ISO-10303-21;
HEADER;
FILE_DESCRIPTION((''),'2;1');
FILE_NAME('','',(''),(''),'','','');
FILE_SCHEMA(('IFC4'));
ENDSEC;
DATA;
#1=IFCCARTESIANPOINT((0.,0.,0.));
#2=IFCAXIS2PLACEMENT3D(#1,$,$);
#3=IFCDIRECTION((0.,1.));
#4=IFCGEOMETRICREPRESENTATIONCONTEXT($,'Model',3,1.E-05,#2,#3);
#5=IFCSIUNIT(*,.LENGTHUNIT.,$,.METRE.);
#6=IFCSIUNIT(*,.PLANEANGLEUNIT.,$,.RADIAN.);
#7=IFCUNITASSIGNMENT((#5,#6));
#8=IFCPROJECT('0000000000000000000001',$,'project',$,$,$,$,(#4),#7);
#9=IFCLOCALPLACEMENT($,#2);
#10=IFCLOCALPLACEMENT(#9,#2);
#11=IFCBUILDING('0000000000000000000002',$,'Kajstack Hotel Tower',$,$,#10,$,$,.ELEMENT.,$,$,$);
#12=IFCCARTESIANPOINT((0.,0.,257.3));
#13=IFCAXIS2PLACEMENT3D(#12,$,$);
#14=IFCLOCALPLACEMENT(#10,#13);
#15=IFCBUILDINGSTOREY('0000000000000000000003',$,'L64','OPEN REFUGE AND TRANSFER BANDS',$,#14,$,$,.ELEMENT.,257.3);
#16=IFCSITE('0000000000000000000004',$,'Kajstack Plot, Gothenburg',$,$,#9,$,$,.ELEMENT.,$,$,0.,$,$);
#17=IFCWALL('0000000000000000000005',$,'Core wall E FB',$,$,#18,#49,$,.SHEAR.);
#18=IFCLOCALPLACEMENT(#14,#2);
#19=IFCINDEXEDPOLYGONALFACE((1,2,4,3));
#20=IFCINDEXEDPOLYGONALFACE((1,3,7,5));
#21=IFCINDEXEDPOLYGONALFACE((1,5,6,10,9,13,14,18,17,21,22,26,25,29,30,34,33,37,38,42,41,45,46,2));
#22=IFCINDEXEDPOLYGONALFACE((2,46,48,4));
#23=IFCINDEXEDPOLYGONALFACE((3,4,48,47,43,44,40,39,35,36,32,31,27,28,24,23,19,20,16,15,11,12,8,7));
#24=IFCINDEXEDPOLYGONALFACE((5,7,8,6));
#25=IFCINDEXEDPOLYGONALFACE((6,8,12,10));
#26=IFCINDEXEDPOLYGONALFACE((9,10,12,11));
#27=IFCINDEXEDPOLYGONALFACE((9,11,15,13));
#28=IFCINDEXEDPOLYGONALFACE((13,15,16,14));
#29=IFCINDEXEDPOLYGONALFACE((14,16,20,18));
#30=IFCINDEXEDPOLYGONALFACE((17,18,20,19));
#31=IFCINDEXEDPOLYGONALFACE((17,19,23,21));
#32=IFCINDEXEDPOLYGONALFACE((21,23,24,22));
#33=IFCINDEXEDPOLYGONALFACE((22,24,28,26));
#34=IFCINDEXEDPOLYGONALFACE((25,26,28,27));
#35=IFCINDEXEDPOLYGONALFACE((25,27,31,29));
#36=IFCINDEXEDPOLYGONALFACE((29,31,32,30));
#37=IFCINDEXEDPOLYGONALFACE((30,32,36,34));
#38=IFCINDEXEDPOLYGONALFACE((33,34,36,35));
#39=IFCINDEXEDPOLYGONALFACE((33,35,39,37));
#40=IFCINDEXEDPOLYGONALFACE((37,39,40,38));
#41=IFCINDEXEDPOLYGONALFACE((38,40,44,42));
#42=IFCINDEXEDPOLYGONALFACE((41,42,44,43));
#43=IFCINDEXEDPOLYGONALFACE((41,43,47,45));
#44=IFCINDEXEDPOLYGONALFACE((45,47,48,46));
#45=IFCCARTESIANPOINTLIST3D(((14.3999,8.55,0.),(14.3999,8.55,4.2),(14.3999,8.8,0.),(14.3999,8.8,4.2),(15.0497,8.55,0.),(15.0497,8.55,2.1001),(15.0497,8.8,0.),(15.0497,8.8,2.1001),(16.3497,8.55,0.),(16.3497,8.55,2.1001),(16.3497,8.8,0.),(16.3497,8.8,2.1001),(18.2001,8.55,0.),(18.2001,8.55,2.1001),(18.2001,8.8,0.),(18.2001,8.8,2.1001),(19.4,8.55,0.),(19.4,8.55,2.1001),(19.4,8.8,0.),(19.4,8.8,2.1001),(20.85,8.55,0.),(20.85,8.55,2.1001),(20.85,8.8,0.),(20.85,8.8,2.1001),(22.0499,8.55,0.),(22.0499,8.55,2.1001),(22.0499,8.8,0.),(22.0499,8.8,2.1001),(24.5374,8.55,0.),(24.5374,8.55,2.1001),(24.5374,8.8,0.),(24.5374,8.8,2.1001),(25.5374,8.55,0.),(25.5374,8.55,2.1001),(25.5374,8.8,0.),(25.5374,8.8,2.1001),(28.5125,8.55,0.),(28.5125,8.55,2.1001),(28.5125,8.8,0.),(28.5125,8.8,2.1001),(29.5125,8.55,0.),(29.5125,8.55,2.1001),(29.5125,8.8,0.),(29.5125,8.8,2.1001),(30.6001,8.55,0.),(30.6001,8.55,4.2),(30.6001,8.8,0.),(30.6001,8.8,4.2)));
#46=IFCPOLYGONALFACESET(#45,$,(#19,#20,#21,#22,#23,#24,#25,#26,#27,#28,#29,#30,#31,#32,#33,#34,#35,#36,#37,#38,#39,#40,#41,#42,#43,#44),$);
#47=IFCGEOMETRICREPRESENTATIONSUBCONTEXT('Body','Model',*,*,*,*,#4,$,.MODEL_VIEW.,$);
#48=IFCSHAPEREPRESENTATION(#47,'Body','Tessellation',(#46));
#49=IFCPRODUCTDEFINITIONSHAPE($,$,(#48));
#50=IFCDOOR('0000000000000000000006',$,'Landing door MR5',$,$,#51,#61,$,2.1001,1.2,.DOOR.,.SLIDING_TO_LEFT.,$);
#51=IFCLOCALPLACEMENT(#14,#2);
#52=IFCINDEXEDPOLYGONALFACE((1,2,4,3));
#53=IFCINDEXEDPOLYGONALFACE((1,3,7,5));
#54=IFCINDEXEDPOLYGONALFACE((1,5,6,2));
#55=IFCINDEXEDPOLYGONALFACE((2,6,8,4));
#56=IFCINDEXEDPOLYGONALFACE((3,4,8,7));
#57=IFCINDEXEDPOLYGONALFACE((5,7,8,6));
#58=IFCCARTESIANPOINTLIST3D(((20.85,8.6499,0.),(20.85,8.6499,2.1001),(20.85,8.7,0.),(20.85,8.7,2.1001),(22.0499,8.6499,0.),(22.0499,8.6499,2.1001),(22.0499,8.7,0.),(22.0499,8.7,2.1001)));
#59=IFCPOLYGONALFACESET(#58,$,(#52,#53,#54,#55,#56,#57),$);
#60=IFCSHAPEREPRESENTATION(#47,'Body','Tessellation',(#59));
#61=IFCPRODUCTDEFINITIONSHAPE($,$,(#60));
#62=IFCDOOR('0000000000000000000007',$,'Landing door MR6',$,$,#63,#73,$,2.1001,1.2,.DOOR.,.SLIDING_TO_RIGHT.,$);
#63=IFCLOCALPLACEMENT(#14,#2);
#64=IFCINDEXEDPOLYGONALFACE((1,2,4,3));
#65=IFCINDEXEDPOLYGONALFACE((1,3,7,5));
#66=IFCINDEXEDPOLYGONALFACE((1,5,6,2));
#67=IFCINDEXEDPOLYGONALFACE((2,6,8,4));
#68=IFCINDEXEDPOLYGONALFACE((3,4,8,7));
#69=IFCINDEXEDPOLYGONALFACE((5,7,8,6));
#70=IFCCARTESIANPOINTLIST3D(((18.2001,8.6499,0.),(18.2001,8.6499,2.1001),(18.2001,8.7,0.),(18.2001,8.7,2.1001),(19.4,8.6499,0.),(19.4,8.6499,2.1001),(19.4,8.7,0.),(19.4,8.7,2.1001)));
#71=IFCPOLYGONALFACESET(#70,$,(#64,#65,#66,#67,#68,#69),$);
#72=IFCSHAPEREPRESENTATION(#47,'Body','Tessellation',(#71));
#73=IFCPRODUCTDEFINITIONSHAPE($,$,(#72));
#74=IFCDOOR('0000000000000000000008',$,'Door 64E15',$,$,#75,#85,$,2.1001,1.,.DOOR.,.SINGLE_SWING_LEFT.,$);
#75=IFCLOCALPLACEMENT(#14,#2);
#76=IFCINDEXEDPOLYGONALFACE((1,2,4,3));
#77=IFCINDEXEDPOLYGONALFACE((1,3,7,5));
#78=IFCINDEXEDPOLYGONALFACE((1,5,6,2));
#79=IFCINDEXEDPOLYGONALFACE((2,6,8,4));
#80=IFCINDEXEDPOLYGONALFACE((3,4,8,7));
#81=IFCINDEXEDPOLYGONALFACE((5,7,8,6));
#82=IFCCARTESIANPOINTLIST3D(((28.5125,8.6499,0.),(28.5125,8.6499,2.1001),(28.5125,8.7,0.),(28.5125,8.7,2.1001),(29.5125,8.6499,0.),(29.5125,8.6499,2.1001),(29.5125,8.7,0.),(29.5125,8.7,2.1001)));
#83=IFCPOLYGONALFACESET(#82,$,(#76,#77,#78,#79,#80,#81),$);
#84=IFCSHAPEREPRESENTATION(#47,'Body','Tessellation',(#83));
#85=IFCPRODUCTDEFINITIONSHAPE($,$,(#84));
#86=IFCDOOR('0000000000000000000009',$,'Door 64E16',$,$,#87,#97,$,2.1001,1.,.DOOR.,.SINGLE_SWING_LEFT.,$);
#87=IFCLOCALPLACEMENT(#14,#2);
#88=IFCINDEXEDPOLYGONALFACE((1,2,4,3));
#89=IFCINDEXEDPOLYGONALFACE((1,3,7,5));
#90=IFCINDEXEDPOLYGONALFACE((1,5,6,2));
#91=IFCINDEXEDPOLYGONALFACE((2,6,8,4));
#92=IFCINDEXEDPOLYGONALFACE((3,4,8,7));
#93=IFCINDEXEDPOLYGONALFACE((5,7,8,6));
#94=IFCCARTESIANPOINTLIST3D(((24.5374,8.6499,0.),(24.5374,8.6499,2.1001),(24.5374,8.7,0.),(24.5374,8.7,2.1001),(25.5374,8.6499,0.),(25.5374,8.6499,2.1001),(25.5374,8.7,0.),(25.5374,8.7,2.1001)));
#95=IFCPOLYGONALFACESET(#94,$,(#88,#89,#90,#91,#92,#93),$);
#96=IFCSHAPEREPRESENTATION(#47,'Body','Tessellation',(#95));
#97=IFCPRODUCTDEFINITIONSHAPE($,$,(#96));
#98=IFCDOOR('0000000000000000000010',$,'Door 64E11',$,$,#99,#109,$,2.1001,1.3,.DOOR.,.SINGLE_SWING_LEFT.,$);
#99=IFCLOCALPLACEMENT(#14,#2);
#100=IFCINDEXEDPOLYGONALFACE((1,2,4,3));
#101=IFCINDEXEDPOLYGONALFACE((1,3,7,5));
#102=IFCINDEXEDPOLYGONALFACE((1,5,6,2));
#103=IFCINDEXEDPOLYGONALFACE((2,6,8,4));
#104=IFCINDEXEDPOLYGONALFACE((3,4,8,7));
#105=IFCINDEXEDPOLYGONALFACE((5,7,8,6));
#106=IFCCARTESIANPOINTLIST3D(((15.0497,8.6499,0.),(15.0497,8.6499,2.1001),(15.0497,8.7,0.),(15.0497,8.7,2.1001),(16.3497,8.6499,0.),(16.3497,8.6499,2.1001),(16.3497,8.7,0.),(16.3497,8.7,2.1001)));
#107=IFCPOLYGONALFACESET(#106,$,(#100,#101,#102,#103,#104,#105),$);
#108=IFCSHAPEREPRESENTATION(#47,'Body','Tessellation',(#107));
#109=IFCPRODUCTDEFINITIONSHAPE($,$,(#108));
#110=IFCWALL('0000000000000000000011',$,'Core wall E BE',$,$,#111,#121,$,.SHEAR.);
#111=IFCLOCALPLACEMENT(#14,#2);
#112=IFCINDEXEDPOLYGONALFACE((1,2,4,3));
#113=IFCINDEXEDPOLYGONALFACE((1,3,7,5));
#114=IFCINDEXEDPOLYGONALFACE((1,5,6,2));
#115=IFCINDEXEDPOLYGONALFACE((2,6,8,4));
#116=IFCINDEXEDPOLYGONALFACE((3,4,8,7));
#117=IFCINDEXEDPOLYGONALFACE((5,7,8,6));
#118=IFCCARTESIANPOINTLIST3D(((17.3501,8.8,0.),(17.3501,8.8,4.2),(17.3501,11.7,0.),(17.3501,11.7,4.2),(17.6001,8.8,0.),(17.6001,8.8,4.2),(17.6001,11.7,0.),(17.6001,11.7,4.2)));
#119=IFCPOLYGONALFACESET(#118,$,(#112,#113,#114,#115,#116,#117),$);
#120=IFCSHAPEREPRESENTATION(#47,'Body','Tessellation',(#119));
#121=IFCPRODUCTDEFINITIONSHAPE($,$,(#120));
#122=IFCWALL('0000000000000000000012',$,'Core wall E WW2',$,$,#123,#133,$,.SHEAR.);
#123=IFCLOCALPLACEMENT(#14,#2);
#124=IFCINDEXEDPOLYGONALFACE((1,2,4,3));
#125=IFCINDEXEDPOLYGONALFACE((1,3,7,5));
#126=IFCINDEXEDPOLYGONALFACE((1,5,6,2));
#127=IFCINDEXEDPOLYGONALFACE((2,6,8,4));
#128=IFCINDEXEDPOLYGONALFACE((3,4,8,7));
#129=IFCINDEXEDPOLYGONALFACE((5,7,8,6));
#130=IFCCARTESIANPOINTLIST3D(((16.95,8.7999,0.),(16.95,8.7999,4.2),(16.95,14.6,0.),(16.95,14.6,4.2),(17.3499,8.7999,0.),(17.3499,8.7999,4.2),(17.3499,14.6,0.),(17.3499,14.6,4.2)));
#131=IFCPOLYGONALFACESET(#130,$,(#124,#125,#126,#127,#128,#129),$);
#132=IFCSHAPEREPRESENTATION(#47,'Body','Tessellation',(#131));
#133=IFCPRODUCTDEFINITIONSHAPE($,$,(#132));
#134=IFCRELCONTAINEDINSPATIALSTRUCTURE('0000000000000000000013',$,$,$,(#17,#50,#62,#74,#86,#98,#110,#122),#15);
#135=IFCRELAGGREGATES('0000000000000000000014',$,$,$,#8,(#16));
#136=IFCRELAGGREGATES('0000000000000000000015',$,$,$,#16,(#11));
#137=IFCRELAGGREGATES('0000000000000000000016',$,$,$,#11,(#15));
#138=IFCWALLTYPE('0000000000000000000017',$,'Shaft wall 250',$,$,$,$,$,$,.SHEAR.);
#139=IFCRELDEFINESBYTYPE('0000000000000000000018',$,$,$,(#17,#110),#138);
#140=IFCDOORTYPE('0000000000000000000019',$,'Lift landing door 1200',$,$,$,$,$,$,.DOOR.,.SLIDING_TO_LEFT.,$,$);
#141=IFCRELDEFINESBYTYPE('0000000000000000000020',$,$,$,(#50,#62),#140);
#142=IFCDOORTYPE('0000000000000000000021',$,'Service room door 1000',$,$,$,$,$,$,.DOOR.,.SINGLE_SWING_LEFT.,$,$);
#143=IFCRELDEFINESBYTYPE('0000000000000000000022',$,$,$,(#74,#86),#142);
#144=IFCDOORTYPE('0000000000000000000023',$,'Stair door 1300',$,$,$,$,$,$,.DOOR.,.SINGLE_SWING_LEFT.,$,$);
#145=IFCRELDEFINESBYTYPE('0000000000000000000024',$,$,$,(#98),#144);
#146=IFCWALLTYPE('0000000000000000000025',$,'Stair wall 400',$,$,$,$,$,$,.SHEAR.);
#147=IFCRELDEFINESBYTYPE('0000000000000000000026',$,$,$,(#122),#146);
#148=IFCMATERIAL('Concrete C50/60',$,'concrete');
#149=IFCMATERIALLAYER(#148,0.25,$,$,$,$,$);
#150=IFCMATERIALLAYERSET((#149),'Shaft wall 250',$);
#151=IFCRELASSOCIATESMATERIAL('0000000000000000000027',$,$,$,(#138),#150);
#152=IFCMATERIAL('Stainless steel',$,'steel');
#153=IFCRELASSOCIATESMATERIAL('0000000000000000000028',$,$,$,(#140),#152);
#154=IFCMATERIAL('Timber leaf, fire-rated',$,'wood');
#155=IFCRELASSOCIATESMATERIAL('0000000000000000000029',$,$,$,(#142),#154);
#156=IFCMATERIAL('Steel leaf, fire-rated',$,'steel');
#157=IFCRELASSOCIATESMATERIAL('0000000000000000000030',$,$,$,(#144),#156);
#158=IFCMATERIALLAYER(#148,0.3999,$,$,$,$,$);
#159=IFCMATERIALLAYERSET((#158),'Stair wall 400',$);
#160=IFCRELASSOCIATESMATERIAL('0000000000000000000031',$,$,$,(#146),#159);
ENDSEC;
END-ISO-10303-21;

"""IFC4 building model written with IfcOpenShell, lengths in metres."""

from ifc_helpers import new_model, si_unit, direction, frame, frame_2d, origin, place, context, subcontext, project, spatial, rectangle, extrude, material, layer, layer_set, type_object, element, fill, save


model = new_model("IFC4")

# Units and contexts
model_context = context("Model", 3, precision=1e-05, world=origin(), true_north=direction((0.0, 1.0)))
body_context = subcontext(model_context, "Body", "Model", "MODEL_VIEW")
ifc_project = project(units=[si_unit("LENGTHUNIT", "METRE"), si_unit("PLANEANGLEUNIT", "RADIAN")], contexts=[model_context])

# Site, building, storey
site_placement = place(None, origin())
site = spatial("IfcSite", under=ifc_project, at=site_placement, Name="Kajstack Plot, Gothenburg", CompositionType="ELEMENT", RefElevation=0.0)
building_placement = place(site_placement, origin())
building = spatial("IfcBuilding", under=site, at=building_placement, Name="Kajstack Hotel Tower", CompositionType="ELEMENT")
storey_placement = place(building_placement, frame((0.0, 0.0, 257.3)))
storey = spatial("IfcBuildingStorey", under=building, at=storey_placement, Name="L64", Description="OPEN REFUGE AND TRANSFER BANDS", CompositionType="ELEMENT", Elevation=257.3)

# Shared definitions
ifc_material_1 = material(Name="Concrete C50/60", Category="concrete")
ifc_layer_1 = layer(ifc_material_1, 0.25)
ifc_layer_set_1 = layer_set([ifc_layer_1], Name="Shaft wall 250")
wall_type_1 = type_object("IfcWallType", Name="Shaft wall 250", PredefinedType="SHEAR", material=ifc_layer_set_1)
ifc_material_2 = material(Name="Stainless steel", Category="steel")
door_type_1 = type_object("IfcDoorType", Name="Lift landing door 1200", OperationType="SLIDING_TO_LEFT", PredefinedType="DOOR", material=ifc_material_2)

# Wall, openings, doors
wall_1_placement = place(storey_placement, frame((14.3999, 8.675, 0.0), z_axis=(0.0, 0.0, 1.0), x_axis=(1.0, 0.0, 0.0)))
wall_1 = element("IfcWall", 1, at=wall_1_placement, inside=storey, type_object=wall_type_1, Name="Core wall E FB", PredefinedType="SHEAR", context=body_context, shape_type="SweptSolid", body=[
    extrude(rectangle(XDim=16.2002, YDim=0.25, at=frame_2d((8.1001, 0.0))), origin(), (0.0, 0.0, 1.0), 4.2),
])
opening_1_placement = place(wall_1_placement, frame((6.45, 0.0, 0.0)))
opening_1 = element("IfcOpeningElement", 2, at=opening_1_placement, cuts=wall_1, PredefinedType="OPENING", context=body_context, shape_type="SweptSolid", body=[
    extrude(rectangle(XDim=1.2, YDim=2.1001, at=frame_2d((0.6001, 1.05))), frame((0.0, 0.135, 0.0), z_axis=(0.0, -1.0, 0.0), x_axis=(1.0, 0.0, 0.0)), (0.0, 0.0, 1.0), 0.27),
])
opening_2_placement = place(wall_1_placement, frame((3.8, 0.0, 0.0)))
opening_2 = element("IfcOpeningElement", 3, at=opening_2_placement, cuts=wall_1, PredefinedType="OPENING", context=body_context, shape_type="SweptSolid", body=[
    extrude(rectangle(XDim=1.2, YDim=2.1001, at=frame_2d((0.6001, 1.05))), frame((0.0, 0.135, 0.0), z_axis=(0.0, -1.0, 0.0), x_axis=(1.0, 0.0, 0.0)), (0.0, 0.0, 1.0), 0.27),
])
opening_3_placement = place(wall_1_placement, frame((0.6499, 0.0, 0.0)))
opening_3 = element("IfcOpeningElement", 4, at=opening_3_placement, cuts=wall_1, PredefinedType="OPENING", context=body_context, shape_type="SweptSolid", body=[
    extrude(rectangle(XDim=1.3, YDim=2.1001, at=frame_2d((0.6499, 1.05))), frame((0.0, 0.135, 0.0), z_axis=(0.0, -1.0, 0.0), x_axis=(1.0, 0.0, 0.0)), (0.0, 0.0, 1.0), 0.27),
])
opening_4_placement = place(wall_1_placement, frame((14.1125, 0.0, 0.0)))
opening_4 = element("IfcOpeningElement", 5, at=opening_4_placement, cuts=wall_1, PredefinedType="OPENING", context=body_context, shape_type="SweptSolid", body=[
    extrude(rectangle(XDim=1.0, YDim=2.1001, at=frame_2d((0.5, 1.05))), frame((0.0, 0.135, 0.0), z_axis=(0.0, -1.0, 0.0), x_axis=(1.0, 0.0, 0.0)), (0.0, 0.0, 1.0), 0.27),
])
opening_5_placement = place(wall_1_placement, frame((10.1375, 0.0, 0.0)))
opening_5 = element("IfcOpeningElement", 6, at=opening_5_placement, cuts=wall_1, PredefinedType="OPENING", context=body_context, shape_type="SweptSolid", body=[
    extrude(rectangle(XDim=1.0, YDim=2.1001, at=frame_2d((0.5, 1.05))), frame((0.0, 0.135, 0.0), z_axis=(0.0, -1.0, 0.0), x_axis=(1.0, 0.0, 0.0)), (0.0, 0.0, 1.0), 0.27),
])
door_1_placement = place(opening_1_placement, origin())
door_1 = element("IfcDoor", 7, at=door_1_placement, inside=storey, type_object=door_type_1, Name="Landing door MR5", OperationType="SLIDING_TO_LEFT", OverallHeight=2.1001, OverallWidth=1.2, PredefinedType="DOOR", context=body_context, shape_type="SweptSolid", body=[
    extrude(rectangle(XDim=1.2, YDim=2.1001, at=frame_2d((0.6001, 1.05))), frame((0.0, 0.0249, 0.0), z_axis=(0.0, -1.0, 0.0), x_axis=(1.0, 0.0, 0.0)), (0.0, 0.0, 1.0), 0.05),
])
fill(opening_1, door_1)
door_2_placement = place(opening_2_placement, origin())
door_2 = element("IfcDoor", 8, at=door_2_placement, inside=storey, type_object=door_type_1, Name="Landing door MR6", OperationType="SLIDING_TO_RIGHT", OverallHeight=2.1001, OverallWidth=1.2, PredefinedType="DOOR", context=body_context, shape_type="SweptSolid", body=[
    extrude(rectangle(XDim=1.2, YDim=2.1001, at=frame_2d((0.6001, 1.05))), frame((0.0, 0.0249, 0.0), z_axis=(0.0, -1.0, 0.0), x_axis=(1.0, 0.0, 0.0)), (0.0, 0.0, 1.0), 0.05),
])
fill(opening_2, door_2)
ifc_material_3 = material(Name="Timber leaf, fire-rated", Category="wood")
door_type_2 = type_object("IfcDoorType", Name="Service room door 1000", OperationType="SINGLE_SWING_LEFT", PredefinedType="DOOR", material=ifc_material_3)
door_3_placement = place(opening_4_placement, origin())
door_3 = element("IfcDoor", 9, at=door_3_placement, inside=storey, type_object=door_type_2, Name="Door 64E15", OperationType="SINGLE_SWING_LEFT", OverallHeight=2.1001, OverallWidth=1.0, PredefinedType="DOOR", context=body_context, shape_type="SweptSolid", body=[
    extrude(rectangle(XDim=1.0, YDim=2.1001, at=frame_2d((0.5, 1.05))), frame((0.0, 0.0249, 0.0), z_axis=(0.0, -1.0, 0.0), x_axis=(1.0, 0.0, 0.0)), (0.0, 0.0, 1.0), 0.05),
])
fill(opening_4, door_3)
door_4_placement = place(opening_5_placement, origin())
door_4 = element("IfcDoor", 10, at=door_4_placement, inside=storey, type_object=door_type_2, Name="Door 64E16", OperationType="SINGLE_SWING_LEFT", OverallHeight=2.1001, OverallWidth=1.0, PredefinedType="DOOR", context=body_context, shape_type="SweptSolid", body=[
    extrude(rectangle(XDim=1.0, YDim=2.1001, at=frame_2d((0.5, 1.05))), frame((0.0, 0.0249, 0.0), z_axis=(0.0, -1.0, 0.0), x_axis=(1.0, 0.0, 0.0)), (0.0, 0.0, 1.0), 0.05),
])
fill(opening_5, door_4)
ifc_material_4 = material(Name="Steel leaf, fire-rated", Category="steel")
door_type_3 = type_object("IfcDoorType", Name="Stair door 1300", OperationType="SINGLE_SWING_LEFT", PredefinedType="DOOR", material=ifc_material_4)
door_5_placement = place(opening_3_placement, origin())
door_5 = element("IfcDoor", 11, at=door_5_placement, inside=storey, type_object=door_type_3, Name="Door 64E11", OperationType="SINGLE_SWING_LEFT", OverallHeight=2.1001, OverallWidth=1.3, PredefinedType="DOOR", context=body_context, shape_type="SweptSolid", body=[
    extrude(rectangle(XDim=1.3, YDim=2.1001, at=frame_2d((0.6499, 1.05))), frame((0.0, 0.0249, 0.0), z_axis=(0.0, -1.0, 0.0), x_axis=(1.0, 0.0, 0.0)), (0.0, 0.0, 1.0), 0.05),
])
fill(opening_3, door_5)

# Walls
wall_2_placement = place(storey_placement, frame((17.4751, 8.8, 0.0), z_axis=(0.0, 0.0, 1.0), x_axis=(0.0, 1.0, 0.0)))
element("IfcWall", 12, at=wall_2_placement, inside=storey, type_object=wall_type_1, Name="Core wall E BE", PredefinedType="SHEAR", context=body_context, shape_type="SweptSolid", body=[
    extrude(rectangle(XDim=2.8999, YDim=0.25, at=frame_2d((1.45, 0.0))), origin(), (0.0, 0.0, 1.0), 4.2),
])
ifc_layer_2 = layer(ifc_material_1, 0.3999)
ifc_layer_set_2 = layer_set([ifc_layer_2], Name="Stair wall 400")
wall_type_2 = type_object("IfcWallType", Name="Stair wall 400", PredefinedType="SHEAR", material=ifc_layer_set_2)
wall_3_placement = place(storey_placement, frame((17.1499, 8.8, 0.0), z_axis=(0.0, 0.0, 1.0), x_axis=(0.0, 1.0, 0.0)))
element("IfcWall", 13, at=wall_3_placement, inside=storey, type_object=wall_type_2, Name="Core wall E WW2", PredefinedType="SHEAR", context=body_context, shape_type="SweptSolid", body=[
    extrude(rectangle(XDim=5.8, YDim=0.3999, at=frame_2d((2.8999, 0.0))), origin(), (0.0, 0.0, 1.0), 4.2),
])

save(model, "model.ifc")
